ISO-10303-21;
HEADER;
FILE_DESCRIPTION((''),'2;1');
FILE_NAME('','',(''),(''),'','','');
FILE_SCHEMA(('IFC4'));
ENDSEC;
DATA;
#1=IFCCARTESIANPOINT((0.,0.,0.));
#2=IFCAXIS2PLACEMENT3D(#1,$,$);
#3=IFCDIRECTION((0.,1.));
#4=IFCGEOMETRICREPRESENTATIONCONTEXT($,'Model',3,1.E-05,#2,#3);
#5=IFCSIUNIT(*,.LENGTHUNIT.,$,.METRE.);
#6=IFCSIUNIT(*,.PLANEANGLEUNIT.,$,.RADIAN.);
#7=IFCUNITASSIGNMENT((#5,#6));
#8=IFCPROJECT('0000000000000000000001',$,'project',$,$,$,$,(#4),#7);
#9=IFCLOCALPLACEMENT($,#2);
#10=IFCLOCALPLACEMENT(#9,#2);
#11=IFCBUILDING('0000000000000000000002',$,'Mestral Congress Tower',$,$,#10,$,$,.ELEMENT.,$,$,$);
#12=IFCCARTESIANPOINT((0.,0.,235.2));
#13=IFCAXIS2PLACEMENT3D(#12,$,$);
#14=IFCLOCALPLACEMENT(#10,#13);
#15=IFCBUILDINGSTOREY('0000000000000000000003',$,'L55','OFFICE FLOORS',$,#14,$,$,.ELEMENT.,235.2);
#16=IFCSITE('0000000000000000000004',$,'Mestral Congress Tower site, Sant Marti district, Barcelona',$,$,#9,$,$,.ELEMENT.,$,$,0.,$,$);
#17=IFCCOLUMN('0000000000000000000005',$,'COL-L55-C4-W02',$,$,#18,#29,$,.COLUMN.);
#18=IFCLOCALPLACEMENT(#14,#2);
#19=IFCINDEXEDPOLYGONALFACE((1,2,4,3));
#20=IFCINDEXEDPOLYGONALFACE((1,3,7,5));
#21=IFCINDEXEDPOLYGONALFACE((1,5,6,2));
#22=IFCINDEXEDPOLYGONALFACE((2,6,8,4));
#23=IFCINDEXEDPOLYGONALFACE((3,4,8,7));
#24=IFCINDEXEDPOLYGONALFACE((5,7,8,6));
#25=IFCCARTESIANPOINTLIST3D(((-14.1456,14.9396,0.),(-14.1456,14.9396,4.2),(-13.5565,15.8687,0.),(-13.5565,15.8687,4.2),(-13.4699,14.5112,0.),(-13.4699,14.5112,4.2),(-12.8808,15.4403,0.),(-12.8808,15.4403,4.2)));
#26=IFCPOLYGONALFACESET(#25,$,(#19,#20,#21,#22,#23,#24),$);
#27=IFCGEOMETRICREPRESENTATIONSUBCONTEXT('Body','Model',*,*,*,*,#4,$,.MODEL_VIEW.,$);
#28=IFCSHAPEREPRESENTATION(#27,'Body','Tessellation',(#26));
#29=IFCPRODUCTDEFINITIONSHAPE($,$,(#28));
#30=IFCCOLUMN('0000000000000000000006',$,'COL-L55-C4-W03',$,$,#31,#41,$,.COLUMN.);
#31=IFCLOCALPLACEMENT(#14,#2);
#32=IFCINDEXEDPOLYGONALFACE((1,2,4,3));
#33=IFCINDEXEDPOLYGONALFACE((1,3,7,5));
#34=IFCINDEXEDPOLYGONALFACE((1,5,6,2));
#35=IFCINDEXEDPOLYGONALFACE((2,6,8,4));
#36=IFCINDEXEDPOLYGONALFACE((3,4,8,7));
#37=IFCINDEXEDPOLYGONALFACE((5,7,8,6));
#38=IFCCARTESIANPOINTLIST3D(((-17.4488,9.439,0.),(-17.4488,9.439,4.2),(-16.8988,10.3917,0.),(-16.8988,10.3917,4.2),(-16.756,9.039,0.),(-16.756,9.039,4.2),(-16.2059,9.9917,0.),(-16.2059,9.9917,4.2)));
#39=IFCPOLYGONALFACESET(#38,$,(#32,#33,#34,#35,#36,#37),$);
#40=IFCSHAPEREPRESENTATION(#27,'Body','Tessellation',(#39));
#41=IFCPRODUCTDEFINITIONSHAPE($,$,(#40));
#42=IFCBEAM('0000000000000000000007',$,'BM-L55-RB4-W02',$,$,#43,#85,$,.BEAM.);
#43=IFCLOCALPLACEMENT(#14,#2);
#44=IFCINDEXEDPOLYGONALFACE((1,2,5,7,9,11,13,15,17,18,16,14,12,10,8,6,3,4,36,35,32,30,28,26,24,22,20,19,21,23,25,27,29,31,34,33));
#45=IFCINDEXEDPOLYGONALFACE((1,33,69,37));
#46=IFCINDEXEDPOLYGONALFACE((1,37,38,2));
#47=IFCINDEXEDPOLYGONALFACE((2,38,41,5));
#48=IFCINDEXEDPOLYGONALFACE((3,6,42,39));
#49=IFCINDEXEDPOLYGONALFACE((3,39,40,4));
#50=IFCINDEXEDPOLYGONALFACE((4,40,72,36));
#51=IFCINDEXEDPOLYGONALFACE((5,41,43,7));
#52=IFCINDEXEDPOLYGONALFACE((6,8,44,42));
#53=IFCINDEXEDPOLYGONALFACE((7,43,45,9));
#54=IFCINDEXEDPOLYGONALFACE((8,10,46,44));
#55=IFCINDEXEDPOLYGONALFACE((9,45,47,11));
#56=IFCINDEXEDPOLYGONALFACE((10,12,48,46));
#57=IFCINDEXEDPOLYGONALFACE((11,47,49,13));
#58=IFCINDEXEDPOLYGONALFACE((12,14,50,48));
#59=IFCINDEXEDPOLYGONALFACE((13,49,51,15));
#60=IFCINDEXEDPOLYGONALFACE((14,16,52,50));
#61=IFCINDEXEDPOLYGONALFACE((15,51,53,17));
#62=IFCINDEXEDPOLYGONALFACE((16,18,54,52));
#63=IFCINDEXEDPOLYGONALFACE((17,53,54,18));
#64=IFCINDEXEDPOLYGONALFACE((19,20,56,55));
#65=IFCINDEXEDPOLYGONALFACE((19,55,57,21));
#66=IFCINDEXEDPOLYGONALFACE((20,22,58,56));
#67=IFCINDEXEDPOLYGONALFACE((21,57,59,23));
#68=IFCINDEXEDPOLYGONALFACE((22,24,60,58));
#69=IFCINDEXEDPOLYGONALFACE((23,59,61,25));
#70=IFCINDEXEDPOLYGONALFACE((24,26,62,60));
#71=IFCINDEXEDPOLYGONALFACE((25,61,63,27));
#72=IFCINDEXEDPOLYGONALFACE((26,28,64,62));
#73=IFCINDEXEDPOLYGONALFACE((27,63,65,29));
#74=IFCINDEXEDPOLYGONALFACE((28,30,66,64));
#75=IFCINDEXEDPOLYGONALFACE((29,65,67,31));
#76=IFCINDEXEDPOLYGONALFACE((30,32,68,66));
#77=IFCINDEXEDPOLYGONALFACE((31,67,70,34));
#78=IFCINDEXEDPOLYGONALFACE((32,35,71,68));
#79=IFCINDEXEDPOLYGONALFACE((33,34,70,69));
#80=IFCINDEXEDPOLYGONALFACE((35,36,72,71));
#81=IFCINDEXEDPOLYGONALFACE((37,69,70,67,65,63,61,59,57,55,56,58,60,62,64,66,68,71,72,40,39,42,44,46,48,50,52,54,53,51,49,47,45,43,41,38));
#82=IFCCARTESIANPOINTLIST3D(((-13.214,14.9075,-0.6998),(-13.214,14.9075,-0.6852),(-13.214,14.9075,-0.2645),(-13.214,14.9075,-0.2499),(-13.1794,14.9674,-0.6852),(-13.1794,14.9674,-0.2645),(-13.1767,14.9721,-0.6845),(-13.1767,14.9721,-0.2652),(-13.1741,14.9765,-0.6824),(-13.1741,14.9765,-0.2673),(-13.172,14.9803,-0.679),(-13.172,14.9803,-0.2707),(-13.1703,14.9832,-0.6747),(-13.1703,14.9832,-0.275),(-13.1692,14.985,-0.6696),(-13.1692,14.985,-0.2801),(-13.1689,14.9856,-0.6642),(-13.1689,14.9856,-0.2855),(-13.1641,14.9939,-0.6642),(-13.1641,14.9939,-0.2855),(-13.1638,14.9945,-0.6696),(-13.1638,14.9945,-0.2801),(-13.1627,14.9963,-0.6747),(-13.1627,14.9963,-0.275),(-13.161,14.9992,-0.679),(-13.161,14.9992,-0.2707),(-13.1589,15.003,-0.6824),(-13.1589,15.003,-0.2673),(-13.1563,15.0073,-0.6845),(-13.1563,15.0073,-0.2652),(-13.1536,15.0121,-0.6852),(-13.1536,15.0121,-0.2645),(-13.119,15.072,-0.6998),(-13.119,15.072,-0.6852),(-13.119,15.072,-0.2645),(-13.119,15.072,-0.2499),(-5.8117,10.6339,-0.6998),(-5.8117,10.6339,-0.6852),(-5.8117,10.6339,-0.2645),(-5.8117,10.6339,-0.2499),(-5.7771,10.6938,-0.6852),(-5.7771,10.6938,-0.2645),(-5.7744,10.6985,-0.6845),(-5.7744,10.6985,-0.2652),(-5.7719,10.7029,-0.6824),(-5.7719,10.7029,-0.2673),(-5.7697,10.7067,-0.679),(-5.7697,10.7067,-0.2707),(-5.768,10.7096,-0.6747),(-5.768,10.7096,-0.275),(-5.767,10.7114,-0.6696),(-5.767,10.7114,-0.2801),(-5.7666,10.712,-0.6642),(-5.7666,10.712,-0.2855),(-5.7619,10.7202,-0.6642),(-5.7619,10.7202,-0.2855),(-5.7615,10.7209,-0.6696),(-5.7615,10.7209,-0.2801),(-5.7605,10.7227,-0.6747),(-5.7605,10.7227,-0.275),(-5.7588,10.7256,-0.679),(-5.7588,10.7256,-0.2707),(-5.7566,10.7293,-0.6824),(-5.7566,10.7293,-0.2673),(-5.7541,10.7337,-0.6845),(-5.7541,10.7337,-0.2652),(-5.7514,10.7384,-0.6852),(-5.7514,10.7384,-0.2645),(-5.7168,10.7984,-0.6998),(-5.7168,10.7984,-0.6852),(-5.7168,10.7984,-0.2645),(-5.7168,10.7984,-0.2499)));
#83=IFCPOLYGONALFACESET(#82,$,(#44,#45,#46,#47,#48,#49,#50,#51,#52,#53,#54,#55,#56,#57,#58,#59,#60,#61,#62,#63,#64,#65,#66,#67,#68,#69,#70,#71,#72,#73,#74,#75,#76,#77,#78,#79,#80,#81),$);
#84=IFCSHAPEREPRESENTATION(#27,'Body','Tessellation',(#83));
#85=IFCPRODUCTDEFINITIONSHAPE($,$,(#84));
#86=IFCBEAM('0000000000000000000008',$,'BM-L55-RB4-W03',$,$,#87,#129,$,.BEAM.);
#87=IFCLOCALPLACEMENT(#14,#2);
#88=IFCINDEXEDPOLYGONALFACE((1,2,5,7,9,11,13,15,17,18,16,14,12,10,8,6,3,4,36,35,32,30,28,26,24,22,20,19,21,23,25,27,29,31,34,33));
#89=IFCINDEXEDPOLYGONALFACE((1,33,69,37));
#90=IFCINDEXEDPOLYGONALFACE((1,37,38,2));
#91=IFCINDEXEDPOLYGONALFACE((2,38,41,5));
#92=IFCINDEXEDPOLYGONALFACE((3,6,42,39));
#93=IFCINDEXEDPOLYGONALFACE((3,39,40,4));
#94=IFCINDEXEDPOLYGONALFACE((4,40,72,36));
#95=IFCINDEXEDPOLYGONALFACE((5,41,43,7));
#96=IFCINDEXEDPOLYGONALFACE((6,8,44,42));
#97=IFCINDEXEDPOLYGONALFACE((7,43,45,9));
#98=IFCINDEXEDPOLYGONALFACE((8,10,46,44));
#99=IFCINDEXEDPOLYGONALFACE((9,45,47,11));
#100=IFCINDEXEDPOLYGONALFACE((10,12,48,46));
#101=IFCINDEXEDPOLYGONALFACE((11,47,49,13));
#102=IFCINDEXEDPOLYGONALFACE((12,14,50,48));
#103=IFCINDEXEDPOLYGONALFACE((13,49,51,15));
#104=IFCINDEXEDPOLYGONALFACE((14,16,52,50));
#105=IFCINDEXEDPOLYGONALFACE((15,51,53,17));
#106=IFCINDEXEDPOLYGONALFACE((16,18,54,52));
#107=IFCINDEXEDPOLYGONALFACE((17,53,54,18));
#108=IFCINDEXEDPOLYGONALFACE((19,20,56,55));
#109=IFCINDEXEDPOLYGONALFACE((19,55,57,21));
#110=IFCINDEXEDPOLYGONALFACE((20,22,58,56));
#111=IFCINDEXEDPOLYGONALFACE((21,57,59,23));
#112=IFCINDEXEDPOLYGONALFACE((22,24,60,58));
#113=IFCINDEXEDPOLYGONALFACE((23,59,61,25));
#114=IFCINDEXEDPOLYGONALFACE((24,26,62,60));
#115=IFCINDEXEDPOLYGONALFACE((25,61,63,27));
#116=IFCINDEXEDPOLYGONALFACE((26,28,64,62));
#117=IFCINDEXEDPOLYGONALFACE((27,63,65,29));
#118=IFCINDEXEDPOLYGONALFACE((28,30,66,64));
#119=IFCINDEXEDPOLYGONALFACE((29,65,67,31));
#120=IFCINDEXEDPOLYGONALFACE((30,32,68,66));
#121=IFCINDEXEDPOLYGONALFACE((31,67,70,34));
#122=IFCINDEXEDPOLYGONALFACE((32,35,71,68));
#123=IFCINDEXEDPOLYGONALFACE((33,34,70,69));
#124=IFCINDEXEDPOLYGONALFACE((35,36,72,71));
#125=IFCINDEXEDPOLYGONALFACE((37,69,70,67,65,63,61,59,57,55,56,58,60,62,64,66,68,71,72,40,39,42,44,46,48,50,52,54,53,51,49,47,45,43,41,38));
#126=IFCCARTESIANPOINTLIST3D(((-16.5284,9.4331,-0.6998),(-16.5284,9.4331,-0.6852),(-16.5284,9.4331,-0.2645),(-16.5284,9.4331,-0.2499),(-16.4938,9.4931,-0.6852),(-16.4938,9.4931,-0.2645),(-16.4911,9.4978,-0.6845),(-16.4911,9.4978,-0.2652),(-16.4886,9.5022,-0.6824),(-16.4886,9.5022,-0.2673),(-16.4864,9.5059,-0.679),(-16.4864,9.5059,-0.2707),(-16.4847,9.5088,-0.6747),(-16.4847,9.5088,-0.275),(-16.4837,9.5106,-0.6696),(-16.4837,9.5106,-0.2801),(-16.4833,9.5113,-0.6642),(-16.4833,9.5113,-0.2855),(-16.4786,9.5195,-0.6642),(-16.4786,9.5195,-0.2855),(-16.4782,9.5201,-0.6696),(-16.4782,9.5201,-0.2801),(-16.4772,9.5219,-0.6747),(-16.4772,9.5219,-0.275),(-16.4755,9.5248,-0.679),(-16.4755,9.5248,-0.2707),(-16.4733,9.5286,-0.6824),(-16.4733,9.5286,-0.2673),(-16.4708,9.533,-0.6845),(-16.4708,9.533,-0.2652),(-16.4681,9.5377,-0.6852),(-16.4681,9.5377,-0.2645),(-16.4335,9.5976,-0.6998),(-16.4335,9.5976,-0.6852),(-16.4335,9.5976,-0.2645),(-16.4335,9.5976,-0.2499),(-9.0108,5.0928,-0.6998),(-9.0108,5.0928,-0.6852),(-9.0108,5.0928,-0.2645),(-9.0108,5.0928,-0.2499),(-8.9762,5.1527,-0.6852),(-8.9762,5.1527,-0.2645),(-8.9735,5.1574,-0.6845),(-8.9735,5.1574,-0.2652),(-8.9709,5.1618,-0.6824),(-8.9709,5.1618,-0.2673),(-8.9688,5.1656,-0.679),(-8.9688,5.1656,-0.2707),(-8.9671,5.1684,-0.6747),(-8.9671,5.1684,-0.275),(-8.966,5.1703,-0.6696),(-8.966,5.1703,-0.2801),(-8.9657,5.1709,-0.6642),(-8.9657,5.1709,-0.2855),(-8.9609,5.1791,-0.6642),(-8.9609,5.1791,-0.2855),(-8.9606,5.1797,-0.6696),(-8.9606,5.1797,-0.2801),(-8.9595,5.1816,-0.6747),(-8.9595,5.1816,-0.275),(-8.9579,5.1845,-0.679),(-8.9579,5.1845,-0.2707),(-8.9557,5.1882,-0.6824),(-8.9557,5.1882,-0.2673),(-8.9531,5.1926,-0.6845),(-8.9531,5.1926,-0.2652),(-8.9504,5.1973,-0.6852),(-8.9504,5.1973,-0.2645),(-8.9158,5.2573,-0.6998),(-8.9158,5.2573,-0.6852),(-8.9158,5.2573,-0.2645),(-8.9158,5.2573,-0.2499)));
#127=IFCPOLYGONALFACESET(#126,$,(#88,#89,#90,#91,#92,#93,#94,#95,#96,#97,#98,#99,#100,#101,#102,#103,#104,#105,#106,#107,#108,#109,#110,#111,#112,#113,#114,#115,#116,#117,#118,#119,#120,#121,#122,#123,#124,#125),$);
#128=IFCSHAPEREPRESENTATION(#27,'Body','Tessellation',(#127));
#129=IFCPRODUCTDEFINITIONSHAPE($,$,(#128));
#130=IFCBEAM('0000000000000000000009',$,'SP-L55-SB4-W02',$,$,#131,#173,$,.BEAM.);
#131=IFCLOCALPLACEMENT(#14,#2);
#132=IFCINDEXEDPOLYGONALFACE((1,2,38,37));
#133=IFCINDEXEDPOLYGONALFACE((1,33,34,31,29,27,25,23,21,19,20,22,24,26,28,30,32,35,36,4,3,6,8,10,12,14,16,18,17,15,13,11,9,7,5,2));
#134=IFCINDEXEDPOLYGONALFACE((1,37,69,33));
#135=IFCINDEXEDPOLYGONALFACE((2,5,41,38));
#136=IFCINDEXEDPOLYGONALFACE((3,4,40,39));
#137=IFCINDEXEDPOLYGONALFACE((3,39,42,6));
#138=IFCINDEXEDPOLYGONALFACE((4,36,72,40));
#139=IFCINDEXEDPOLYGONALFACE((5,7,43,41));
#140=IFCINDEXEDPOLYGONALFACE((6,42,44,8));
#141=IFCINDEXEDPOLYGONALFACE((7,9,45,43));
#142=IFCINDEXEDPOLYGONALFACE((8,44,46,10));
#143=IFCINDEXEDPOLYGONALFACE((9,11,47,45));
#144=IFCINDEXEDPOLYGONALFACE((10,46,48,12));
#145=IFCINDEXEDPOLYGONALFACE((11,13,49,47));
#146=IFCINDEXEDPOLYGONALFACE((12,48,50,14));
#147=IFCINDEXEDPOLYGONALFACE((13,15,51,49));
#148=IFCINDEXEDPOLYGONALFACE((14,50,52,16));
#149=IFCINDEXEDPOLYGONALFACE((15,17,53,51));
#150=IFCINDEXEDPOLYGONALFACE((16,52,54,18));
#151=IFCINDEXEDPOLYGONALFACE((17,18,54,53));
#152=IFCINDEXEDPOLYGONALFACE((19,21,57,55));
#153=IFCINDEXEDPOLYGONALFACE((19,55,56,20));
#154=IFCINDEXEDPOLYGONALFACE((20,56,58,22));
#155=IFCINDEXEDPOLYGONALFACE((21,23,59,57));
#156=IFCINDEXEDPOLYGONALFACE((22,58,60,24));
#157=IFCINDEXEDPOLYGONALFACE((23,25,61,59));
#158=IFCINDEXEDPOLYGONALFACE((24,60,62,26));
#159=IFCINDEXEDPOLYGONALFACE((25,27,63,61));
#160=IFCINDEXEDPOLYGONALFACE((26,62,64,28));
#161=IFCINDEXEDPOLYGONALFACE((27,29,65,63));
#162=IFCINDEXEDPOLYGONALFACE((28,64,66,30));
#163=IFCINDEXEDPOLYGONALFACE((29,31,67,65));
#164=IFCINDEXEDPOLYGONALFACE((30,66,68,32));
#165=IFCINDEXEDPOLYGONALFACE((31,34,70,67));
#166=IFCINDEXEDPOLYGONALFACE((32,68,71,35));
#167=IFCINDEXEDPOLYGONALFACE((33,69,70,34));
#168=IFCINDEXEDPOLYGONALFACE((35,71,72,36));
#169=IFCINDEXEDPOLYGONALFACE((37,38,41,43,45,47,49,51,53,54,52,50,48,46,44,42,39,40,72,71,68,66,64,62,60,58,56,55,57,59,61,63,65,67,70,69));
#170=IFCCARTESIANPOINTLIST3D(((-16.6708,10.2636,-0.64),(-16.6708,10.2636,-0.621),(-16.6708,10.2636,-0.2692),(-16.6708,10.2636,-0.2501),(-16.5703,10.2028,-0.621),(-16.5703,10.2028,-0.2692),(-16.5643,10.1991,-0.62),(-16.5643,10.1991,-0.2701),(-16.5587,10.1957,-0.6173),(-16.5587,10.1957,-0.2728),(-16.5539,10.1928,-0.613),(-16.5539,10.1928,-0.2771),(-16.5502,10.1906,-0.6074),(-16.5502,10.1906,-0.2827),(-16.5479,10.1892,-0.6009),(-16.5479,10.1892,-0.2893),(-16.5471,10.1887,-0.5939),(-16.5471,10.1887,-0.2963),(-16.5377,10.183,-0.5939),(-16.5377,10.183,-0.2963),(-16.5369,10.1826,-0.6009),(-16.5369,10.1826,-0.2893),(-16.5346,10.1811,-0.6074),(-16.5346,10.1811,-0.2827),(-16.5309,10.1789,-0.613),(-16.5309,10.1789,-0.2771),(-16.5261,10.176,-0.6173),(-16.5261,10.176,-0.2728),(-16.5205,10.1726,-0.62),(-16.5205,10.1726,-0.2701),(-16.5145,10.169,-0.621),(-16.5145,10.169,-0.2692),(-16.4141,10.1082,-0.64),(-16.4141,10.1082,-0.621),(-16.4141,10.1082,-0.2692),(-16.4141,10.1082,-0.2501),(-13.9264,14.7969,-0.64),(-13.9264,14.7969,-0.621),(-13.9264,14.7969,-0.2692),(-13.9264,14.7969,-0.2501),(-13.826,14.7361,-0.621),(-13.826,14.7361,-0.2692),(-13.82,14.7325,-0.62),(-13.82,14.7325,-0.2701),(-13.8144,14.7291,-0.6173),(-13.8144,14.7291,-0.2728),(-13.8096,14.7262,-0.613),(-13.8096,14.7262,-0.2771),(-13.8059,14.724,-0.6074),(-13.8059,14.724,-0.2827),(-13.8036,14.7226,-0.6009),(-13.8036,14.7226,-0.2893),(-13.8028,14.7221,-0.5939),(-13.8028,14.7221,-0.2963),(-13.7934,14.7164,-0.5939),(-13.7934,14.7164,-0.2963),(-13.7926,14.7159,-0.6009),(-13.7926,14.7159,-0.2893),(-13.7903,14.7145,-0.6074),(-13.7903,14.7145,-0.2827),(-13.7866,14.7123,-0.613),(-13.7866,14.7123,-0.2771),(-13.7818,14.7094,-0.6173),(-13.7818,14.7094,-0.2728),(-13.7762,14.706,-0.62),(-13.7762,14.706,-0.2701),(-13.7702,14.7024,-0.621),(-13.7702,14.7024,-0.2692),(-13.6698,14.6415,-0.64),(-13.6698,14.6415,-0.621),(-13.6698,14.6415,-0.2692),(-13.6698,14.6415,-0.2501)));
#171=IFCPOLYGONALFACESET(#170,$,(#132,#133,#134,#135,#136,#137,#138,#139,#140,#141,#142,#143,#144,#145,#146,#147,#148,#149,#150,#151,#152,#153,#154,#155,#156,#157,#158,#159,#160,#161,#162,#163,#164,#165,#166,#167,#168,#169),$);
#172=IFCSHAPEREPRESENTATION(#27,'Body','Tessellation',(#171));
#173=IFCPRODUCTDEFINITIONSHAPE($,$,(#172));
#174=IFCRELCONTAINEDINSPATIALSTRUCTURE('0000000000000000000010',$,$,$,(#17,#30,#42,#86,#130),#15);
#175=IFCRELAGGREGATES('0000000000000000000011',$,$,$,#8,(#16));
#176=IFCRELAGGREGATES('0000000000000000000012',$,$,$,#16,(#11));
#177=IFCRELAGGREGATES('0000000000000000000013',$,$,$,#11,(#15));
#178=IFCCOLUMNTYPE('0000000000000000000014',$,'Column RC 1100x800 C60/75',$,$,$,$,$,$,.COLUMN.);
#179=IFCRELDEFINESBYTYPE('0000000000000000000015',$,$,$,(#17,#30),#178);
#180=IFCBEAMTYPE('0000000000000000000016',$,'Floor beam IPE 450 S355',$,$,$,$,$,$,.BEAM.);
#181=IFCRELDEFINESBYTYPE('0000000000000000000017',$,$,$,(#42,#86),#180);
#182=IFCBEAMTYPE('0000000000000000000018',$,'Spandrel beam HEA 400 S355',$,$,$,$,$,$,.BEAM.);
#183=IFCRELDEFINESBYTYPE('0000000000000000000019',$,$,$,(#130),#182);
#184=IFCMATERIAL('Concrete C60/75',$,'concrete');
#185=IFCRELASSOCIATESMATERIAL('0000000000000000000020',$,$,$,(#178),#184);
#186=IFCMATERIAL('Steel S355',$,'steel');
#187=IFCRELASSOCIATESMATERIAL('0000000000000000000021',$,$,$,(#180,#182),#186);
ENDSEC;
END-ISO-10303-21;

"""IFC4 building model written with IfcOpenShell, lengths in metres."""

from ifc_helpers import new_model, si_unit, direction, frame, origin, origin_2d, place, context, subcontext, project, spatial, rectangle, i_section, extrude, material, material_profile, profile_set, type_object, element, save


model = new_model("IFC4")

# Units and contexts
model_context = context("Model", 3, precision=1e-05, world=origin(), true_north=direction((0.0, 1.0)))
body_context = subcontext(model_context, "Body", "Model", "MODEL_VIEW")
ifc_project = project(units=[si_unit("LENGTHUNIT", "METRE"), si_unit("PLANEANGLEUNIT", "RADIAN")], contexts=[model_context])

# Site, building, storey
site_placement = place(None, origin())
site = spatial("IfcSite", under=ifc_project, at=site_placement, Name="Mestral Congress Tower site, Sant Marti district, Barcelona", CompositionType="ELEMENT", RefElevation=0.0)
building_placement = place(site_placement, origin())
building = spatial("IfcBuilding", under=site, at=building_placement, Name="Mestral Congress Tower", CompositionType="ELEMENT")
storey_placement = place(building_placement, frame((0.0, 0.0, 235.2)))
storey = spatial("IfcBuildingStorey", under=building, at=storey_placement, Name="L55", Description="OFFICE FLOORS", CompositionType="ELEMENT", Elevation=235.2)

# Columns
ifc_material_1 = material(Name="Concrete C60/75", Category="concrete")
ifc_material_profile_1 = material_profile(ifc_material_1, rectangle(XDim=1.1001, YDim=0.8, at=origin_2d()), Name="RC 1100x800")
ifc_profile_set_1 = profile_set([ifc_material_profile_1], Name="Concrete C60/75")
column_type = type_object("IfcColumnType", Name="Column RC 1100x800 C60/75", PredefinedType="COLUMN", material=ifc_profile_set_1)
for number, where, z_axis, x_axis, name in (
    (1, (-13.5132, 15.1899, 0.0), (0.0, 0.0, 1.0), (-0.535503, -0.844534, 0.0), "COL-L55-C4-W02"),
    (2, (-16.8274, 9.7153, 0.0), (0.0, 0.0, 1.0), (-0.5, -0.866025, 0.0), "COL-L55-C4-W03"),
):
    element("IfcColumn", number, at=place(storey_placement, frame(where, z_axis=z_axis, x_axis=x_axis)), inside=storey, type_object=column_type, Name=name, PredefinedType="COLUMN", context=body_context, shape_type="SweptSolid", body=[
        extrude(rectangle(XDim=1.1001, YDim=0.8, at=origin_2d()), origin(), (0.0, 0.0, 1.0), 4.2),
    ])

# Beams
ifc_material_2 = material(Name="Steel S355", Category="steel")
ifc_material_profile_2 = material_profile(ifc_material_2, i_section(OverallWidth=0.1899, OverallDepth=0.45, WebThickness=0.0095, FlangeThickness=0.0146, FilletRadius=0.021, at=origin_2d()), Name="IPE 450")
ifc_profile_set_2 = profile_set([ifc_material_profile_2], Name="Steel S355")
beam_type_1 = type_object("IfcBeamType", Name="Floor beam IPE 450 S355", PredefinedType="BEAM", material=ifc_profile_set_2)
beam_1_placement = place(storey_placement, frame((-13.1665, 14.9897, -0.4749), z_axis=(0.866029, -0.499994, 0.0), x_axis=(0.499994, 0.866029, 0.0)))
element("IfcBeam", 3, at=beam_1_placement, inside=storey, type_object=beam_type_1, Name="BM-L55-RB4-W02", PredefinedType="BEAM", context=body_context, shape_type="SweptSolid", body=[
    extrude(i_section(OverallWidth=0.1899, OverallDepth=0.45, WebThickness=0.0095, FlangeThickness=0.0146, FilletRadius=0.021, at=origin_2d()), origin(), (0.0, 0.0, 1.0), 8.5474),
])
beam_2_placement = place(storey_placement, frame((-16.481, 9.5154, -0.4749), z_axis=(0.866023, -0.500005, 0.0), x_axis=(0.500005, 0.866023, 0.0)))
element("IfcBeam", 4, at=beam_2_placement, inside=storey, type_object=beam_type_1, Name="BM-L55-RB4-W03", PredefinedType="BEAM", context=body_context, shape_type="SweptSolid", body=[
    extrude(i_section(OverallWidth=0.1899, OverallDepth=0.45, WebThickness=0.0095, FlangeThickness=0.0146, FilletRadius=0.021, at=origin_2d()), origin(), (0.0, 0.0, 1.0), 8.6807),
])
ifc_material_profile_3 = material_profile(ifc_material_2, i_section(OverallWidth=0.3, OverallDepth=0.3899, WebThickness=0.011, FlangeThickness=0.019, FilletRadius=0.0271, at=origin_2d()), Name="HEA 400")
ifc_profile_set_3 = profile_set([ifc_material_profile_3], Name="Steel S355")
beam_type_2 = type_object("IfcBeamType", Name="Spandrel beam HEA 400 S355", PredefinedType="BEAM", material=ifc_profile_set_3)
beam_3_placement = place(storey_placement, frame((-13.7981, 14.7192, -0.4451), z_axis=(-0.517866, -0.855462, 0.0), x_axis=(0.855462, -0.517866, 0.0)))
element("IfcBeam", 5, at=beam_3_placement, inside=storey, type_object=beam_type_2, Name="SP-L55-SB4-W02", PredefinedType="BEAM", context=body_context, shape_type="SweptSolid", body=[
    extrude(i_section(OverallWidth=0.3, OverallDepth=0.3899, WebThickness=0.011, FlangeThickness=0.019, FilletRadius=0.0271, at=origin_2d()), origin(), (0.0, 0.0, 1.0), 5.2993),
])

save(model, "model.ifc")
